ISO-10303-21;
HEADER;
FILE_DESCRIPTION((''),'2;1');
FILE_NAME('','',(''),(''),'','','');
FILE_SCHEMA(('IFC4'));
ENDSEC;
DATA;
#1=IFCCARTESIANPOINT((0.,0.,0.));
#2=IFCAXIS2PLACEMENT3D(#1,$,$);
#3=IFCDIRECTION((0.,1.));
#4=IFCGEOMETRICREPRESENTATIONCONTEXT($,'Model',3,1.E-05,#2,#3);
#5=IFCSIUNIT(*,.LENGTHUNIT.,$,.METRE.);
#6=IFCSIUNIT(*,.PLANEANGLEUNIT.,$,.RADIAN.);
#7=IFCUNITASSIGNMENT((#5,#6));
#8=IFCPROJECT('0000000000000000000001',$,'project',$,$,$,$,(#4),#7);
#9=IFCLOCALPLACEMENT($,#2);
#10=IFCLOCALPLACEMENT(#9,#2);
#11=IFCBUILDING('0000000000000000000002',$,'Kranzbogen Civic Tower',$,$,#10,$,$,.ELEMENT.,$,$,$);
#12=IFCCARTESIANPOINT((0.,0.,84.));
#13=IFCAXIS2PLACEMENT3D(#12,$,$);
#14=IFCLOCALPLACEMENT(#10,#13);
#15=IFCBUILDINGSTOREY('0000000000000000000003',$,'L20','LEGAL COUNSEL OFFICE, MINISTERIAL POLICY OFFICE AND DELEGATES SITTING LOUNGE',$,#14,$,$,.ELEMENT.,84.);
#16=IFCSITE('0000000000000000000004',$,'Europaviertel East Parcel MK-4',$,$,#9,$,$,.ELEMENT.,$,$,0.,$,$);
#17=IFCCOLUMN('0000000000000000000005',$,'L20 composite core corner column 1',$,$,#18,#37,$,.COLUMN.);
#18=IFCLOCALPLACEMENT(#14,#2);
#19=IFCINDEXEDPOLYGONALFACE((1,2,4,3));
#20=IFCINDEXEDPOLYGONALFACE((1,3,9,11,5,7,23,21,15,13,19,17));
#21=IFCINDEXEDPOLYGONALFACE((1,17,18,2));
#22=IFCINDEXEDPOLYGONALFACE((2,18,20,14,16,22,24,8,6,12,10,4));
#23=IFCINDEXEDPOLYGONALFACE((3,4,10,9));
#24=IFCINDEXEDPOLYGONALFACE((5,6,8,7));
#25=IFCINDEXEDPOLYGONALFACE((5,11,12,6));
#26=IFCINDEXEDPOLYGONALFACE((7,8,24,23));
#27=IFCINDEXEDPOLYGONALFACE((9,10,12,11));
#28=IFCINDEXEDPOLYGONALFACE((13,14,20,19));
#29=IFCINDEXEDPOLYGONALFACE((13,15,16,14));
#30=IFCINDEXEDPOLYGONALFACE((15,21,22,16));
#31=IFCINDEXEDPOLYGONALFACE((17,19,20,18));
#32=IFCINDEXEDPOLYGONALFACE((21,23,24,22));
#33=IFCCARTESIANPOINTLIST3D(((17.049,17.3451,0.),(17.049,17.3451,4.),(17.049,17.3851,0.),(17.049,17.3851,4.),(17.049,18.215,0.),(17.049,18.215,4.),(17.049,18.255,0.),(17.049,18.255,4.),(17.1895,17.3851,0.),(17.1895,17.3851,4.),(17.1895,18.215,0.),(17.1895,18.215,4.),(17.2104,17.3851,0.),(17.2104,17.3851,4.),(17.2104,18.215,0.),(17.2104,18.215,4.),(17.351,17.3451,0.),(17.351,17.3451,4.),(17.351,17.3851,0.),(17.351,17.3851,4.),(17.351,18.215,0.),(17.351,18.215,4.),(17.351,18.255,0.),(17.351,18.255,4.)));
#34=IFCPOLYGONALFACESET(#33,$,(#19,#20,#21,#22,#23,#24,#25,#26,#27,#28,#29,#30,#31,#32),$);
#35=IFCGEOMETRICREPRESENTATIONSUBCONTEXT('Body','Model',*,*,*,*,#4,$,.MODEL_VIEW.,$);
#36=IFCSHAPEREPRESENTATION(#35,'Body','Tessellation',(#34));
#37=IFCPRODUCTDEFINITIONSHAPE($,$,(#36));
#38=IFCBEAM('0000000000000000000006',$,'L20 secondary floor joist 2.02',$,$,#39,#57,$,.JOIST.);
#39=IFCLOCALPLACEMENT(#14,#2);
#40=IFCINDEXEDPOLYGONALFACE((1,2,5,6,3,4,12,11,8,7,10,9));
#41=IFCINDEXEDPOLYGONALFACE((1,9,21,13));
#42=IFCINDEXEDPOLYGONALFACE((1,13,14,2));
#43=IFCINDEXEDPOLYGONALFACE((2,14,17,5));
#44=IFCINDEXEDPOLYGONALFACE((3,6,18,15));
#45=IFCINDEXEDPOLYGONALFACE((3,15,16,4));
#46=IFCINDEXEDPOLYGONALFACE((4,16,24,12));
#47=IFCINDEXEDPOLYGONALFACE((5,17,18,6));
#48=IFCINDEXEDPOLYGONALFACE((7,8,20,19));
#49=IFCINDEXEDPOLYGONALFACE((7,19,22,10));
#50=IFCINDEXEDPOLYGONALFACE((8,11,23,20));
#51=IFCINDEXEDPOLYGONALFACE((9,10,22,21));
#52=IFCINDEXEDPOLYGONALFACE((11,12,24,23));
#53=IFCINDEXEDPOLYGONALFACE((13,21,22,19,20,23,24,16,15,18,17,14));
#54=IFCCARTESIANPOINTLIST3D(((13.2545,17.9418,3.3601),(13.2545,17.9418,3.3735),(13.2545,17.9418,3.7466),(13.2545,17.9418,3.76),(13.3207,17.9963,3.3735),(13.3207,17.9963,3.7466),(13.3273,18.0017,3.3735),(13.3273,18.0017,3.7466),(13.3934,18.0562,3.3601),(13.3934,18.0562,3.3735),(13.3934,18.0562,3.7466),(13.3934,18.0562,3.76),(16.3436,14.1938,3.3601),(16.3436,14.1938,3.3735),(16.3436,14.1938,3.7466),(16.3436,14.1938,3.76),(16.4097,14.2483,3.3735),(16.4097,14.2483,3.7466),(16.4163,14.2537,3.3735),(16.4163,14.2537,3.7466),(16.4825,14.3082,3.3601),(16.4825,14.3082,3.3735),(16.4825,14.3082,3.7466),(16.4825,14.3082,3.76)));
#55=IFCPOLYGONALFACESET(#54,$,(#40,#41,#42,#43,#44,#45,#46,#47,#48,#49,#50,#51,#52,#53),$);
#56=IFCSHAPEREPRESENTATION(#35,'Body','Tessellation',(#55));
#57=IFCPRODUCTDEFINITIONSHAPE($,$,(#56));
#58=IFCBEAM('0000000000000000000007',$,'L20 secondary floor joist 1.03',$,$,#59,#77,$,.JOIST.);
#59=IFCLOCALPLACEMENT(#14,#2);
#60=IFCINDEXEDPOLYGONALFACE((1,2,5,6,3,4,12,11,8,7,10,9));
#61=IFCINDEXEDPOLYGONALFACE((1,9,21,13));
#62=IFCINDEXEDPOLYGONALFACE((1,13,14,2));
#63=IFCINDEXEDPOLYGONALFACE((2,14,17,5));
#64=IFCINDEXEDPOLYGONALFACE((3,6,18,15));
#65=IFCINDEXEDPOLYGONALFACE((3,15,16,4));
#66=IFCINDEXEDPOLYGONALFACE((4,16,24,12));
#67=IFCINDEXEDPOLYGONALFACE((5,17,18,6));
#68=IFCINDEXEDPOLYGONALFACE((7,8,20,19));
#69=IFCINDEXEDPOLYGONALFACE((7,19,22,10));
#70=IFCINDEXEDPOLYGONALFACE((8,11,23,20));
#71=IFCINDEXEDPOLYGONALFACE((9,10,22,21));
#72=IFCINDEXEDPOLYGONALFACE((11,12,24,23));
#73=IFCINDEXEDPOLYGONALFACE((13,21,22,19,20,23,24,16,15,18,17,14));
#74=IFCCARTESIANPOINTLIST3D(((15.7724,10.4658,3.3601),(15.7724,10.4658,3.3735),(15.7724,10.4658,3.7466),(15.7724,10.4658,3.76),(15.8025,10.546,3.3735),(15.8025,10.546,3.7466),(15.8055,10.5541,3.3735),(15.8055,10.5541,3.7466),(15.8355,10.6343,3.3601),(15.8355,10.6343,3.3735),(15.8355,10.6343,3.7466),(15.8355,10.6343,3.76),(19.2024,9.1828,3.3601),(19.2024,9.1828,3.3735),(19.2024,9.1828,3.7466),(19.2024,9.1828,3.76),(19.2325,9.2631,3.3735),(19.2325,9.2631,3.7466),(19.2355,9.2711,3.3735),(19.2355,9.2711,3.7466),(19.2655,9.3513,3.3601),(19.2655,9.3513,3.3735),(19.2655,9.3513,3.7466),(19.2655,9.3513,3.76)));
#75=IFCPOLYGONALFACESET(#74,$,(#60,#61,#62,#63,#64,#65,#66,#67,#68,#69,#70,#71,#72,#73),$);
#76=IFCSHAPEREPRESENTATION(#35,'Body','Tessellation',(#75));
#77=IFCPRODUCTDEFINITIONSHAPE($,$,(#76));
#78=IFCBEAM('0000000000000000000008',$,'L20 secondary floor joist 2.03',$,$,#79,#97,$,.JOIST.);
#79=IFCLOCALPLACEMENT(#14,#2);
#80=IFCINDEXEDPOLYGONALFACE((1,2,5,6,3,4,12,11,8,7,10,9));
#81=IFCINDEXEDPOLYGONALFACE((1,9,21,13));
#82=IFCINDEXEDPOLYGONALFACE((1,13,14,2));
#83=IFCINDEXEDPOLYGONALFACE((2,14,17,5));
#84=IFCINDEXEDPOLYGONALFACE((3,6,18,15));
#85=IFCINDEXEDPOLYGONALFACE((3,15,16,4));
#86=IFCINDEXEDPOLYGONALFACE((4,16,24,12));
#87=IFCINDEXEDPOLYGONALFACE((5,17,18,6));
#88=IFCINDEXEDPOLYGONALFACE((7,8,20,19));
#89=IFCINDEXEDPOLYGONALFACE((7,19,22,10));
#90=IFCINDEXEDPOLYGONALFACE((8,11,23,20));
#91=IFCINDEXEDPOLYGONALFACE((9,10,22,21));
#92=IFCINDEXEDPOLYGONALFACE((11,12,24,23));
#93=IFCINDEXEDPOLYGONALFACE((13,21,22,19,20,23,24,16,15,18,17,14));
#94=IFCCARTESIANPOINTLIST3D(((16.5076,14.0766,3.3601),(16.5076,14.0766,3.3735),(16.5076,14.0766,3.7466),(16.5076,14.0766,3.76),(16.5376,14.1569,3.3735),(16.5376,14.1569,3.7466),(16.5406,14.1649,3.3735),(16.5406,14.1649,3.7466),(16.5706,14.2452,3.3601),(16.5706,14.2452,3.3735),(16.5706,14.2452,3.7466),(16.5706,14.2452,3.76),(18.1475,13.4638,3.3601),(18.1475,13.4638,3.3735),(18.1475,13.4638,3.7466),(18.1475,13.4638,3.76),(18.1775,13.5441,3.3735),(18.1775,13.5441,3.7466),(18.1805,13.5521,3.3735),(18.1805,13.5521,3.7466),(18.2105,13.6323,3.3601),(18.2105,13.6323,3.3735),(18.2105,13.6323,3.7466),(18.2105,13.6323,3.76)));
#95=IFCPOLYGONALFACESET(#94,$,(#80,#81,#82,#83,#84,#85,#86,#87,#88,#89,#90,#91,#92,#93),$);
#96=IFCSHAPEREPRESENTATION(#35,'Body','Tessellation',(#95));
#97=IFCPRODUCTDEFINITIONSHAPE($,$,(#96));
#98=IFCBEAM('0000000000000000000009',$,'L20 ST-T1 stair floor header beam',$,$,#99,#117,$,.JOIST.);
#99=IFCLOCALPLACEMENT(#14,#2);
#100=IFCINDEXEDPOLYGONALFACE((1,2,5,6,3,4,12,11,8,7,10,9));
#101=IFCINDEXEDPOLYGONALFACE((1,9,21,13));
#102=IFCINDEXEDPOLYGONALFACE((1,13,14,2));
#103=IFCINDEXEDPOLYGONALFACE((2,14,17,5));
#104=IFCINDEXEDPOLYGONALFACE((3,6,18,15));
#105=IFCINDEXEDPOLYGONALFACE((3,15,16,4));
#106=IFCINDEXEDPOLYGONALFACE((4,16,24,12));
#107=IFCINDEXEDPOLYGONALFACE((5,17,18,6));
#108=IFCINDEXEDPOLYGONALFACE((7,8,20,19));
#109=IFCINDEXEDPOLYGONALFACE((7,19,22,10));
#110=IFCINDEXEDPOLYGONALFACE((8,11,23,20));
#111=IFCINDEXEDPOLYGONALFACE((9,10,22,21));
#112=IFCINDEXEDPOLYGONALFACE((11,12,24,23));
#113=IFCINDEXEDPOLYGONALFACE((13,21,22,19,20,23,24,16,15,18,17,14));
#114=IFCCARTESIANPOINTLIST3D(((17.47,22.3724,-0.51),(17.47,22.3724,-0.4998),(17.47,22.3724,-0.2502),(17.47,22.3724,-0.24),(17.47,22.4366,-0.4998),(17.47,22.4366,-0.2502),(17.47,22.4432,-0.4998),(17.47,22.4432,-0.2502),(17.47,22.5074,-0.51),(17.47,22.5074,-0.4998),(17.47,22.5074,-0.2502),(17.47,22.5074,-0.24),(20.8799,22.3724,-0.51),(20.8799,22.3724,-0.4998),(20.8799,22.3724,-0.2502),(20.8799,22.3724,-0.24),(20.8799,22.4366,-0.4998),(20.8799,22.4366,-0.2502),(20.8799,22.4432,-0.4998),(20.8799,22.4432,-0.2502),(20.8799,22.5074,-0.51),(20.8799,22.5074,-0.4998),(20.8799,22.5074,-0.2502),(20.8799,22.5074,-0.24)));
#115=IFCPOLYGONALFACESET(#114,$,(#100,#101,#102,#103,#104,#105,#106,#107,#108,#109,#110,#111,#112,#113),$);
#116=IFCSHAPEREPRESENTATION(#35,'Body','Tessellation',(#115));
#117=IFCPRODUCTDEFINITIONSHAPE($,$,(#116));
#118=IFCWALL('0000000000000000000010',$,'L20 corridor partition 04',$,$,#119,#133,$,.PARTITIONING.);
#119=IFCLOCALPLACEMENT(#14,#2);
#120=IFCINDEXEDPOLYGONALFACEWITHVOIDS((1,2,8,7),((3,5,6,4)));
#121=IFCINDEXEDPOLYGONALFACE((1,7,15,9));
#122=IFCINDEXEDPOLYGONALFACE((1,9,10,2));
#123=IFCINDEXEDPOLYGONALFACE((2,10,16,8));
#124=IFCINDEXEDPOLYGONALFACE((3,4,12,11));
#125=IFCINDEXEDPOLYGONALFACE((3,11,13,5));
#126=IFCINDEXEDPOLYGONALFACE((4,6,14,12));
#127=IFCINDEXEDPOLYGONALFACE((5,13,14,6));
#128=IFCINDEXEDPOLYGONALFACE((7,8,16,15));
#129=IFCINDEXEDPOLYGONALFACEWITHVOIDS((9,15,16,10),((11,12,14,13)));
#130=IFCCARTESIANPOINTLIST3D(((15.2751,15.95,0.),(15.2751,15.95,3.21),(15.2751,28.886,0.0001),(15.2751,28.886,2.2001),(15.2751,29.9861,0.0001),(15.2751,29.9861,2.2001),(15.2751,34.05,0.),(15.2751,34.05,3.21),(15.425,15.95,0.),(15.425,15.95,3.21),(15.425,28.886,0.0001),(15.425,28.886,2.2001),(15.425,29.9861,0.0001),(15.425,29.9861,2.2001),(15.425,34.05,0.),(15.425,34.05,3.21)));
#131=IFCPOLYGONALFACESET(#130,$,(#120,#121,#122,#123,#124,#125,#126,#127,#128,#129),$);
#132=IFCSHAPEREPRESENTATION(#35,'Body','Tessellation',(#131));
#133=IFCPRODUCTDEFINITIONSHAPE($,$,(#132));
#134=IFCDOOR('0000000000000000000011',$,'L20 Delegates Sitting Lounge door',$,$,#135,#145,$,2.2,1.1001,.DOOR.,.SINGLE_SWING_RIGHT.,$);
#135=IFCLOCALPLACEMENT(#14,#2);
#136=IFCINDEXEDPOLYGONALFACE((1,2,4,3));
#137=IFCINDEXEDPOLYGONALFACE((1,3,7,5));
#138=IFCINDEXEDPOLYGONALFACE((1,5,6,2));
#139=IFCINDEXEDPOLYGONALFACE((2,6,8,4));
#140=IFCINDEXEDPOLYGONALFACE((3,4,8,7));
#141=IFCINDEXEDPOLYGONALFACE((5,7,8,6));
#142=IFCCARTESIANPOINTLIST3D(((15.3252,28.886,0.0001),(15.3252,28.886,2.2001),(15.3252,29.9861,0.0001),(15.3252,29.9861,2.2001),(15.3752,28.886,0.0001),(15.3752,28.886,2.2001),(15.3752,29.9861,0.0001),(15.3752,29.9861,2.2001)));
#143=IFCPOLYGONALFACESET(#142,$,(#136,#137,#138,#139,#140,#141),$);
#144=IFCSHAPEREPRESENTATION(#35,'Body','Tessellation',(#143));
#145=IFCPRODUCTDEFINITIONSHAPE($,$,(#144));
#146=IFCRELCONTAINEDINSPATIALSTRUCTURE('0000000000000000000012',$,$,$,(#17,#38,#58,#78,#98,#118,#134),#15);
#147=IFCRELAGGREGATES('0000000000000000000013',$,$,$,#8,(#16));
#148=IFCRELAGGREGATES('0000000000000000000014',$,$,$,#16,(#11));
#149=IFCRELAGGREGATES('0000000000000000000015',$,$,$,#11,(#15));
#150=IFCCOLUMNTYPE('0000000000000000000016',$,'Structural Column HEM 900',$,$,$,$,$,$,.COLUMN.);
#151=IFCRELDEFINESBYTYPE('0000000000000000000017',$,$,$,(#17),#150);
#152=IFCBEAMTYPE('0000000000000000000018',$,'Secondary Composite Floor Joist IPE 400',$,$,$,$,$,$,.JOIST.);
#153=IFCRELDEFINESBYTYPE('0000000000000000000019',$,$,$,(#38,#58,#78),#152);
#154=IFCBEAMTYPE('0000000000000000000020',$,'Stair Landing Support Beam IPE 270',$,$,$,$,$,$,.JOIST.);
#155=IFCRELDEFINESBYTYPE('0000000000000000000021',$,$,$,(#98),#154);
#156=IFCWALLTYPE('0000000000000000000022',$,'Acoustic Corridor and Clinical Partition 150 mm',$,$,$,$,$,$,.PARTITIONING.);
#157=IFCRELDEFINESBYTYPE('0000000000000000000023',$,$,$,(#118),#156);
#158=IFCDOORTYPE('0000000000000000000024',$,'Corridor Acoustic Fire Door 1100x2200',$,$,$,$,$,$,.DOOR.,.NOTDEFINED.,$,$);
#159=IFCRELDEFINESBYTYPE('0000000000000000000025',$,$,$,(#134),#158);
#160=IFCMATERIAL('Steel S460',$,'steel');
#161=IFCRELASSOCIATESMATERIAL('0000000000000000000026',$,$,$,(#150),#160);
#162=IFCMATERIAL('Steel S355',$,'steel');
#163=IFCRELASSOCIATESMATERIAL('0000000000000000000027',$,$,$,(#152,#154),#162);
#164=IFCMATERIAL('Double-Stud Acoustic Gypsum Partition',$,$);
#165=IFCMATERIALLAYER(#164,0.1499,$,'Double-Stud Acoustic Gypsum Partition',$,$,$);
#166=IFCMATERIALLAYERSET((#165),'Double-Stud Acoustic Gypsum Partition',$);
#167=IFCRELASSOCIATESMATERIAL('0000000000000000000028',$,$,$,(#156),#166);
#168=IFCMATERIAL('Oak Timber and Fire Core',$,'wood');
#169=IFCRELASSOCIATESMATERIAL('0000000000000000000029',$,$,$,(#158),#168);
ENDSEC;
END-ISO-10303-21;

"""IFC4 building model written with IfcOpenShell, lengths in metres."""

from ifc_helpers import new_model, si_unit, direction, frame, frame_2d, origin, origin_2d, place, context, subcontext, project, spatial, rectangle, i_section, extrude, material, layer, layer_set, material_profile, profile_set, type_object, element, fill, save


model = new_model("IFC4")

# Units and contexts
model_context = context("Model", 3, precision=1e-05, world=origin(), true_north=direction((0.0, 1.0)))
body_context = subcontext(model_context, "Body", "Model", "MODEL_VIEW")
ifc_project = project(units=[si_unit("LENGTHUNIT", "METRE"), si_unit("PLANEANGLEUNIT", "RADIAN")], contexts=[model_context])

# Site, building, storey
site_placement = place(None, origin())
site = spatial("IfcSite", under=ifc_project, at=site_placement, Name="Europaviertel East Parcel MK-4", CompositionType="ELEMENT", RefElevation=0.0)
building_placement = place(site_placement, origin())
building = spatial("IfcBuilding", under=site, at=building_placement, Name="Kranzbogen Civic Tower", CompositionType="ELEMENT")
storey_placement = place(building_placement, frame((0.0, 0.0, 84.0)))
storey = spatial("IfcBuildingStorey", under=building, at=storey_placement, Name="L20", Description="LEGAL COUNSEL OFFICE, MINISTERIAL POLICY OFFICE AND DELEGATES SITTING LOUNGE", CompositionType="ELEMENT", Elevation=84.0)

# Column
ifc_material_1 = material(Name="Steel S460", Category="steel")
ifc_material_profile_1 = material_profile(ifc_material_1, i_section(OverallWidth=0.302, OverallDepth=0.9099, WebThickness=0.021, FlangeThickness=0.04, at=origin_2d()), Name="HEM 900")
ifc_profile_set_1 = profile_set([ifc_material_profile_1], Name="Steel S460")
column_type = type_object("IfcColumnType", Name="Structural Column HEM 900", PredefinedType="COLUMN", material=ifc_profile_set_1)
column_placement = place(storey_placement, frame((17.2, 17.8, 0.0), z_axis=(0.0, 0.0, 1.0), x_axis=(1.0, 0.0, 0.0)))
element("IfcColumn", 1, at=column_placement, inside=storey, type_object=column_type, Name="L20 composite core corner column 1", PredefinedType="COLUMN", context=body_context, shape_type="SweptSolid", body=[
    extrude(i_section(OverallWidth=0.302, OverallDepth=0.9099, WebThickness=0.021, FlangeThickness=0.04, at=origin_2d()), origin(), (0.0, 0.0, 1.0), 4.0),
])

# Beams
ifc_material_2 = material(Name="Steel S355", Category="steel")
ifc_material_profile_2 = material_profile(ifc_material_2, i_section(OverallWidth=0.1799, OverallDepth=0.3999, WebThickness=0.0085, FlangeThickness=0.0134, at=origin_2d()), Name="IPE 400")
ifc_profile_set_2 = profile_set([ifc_material_profile_2], Name="Steel S355")
beam_type_1 = type_object("IfcBeamType", Name="Secondary Composite Floor Joist IPE 400", PredefinedType="JOIST", material=ifc_profile_set_2)
beam_1_placement = place(storey_placement, frame((13.324, 17.999, 3.5601), z_axis=(0.636012, -0.771679, 0.0), x_axis=(0.771679, 0.636012, 0.0)))
element("IfcBeam", 2, at=beam_1_placement, inside=storey, type_object=beam_type_1, Name="L20 secondary floor joist 2.02", PredefinedType="JOIST", context=body_context, shape_type="SweptSolid", body=[
    extrude(i_section(OverallWidth=0.1799, OverallDepth=0.3999, WebThickness=0.0085, FlangeThickness=0.0134, at=origin_2d()), origin(), (0.0, 0.0, 1.0), 4.8569),
])
beam_2_placement = place(storey_placement, frame((15.804, 10.55, 3.5601), z_axis=(0.936622, -0.350342, 0.0), x_axis=(0.350342, 0.936622, 0.0)))
element("IfcBeam", 3, at=beam_2_placement, inside=storey, type_object=beam_type_1, Name="L20 secondary floor joist 1.03", PredefinedType="JOIST", context=body_context, shape_type="SweptSolid", body=[
    extrude(i_section(OverallWidth=0.1799, OverallDepth=0.3999, WebThickness=0.0085, FlangeThickness=0.0134, at=origin_2d()), origin(), (0.0, 0.0, 1.0), 3.6621),
])
beam_3_placement = place(storey_placement, frame((16.5391, 14.1609, 3.5601), z_axis=(0.936735, -0.350038, 0.0), x_axis=(0.350038, 0.936735, 0.0)))
element("IfcBeam", 4, at=beam_3_placement, inside=storey, type_object=beam_type_1, Name="L20 secondary floor joist 2.03", PredefinedType="JOIST", context=body_context, shape_type="SweptSolid", body=[
    extrude(i_section(OverallWidth=0.1799, OverallDepth=0.3999, WebThickness=0.0085, FlangeThickness=0.0134, at=origin_2d()), origin(), (0.0, 0.0, 1.0), 1.7507),
])
ifc_material_profile_3 = material_profile(ifc_material_2, i_section(OverallWidth=0.135, OverallDepth=0.27, WebThickness=0.0066, FlangeThickness=0.0103, at=origin_2d()), Name="IPE 270")
ifc_profile_set_3 = profile_set([ifc_material_profile_3], Name="Steel S355")
beam_type_2 = type_object("IfcBeamType", Name="Stair Landing Support Beam IPE 270", PredefinedType="JOIST", material=ifc_profile_set_3)
beam_4_placement = place(storey_placement, frame((20.8799, 22.4399, -0.375), z_axis=(-1.0, 0.0, 0.0), x_axis=(0.0, -1.0, 0.0)))
element("IfcBeam", 5, at=beam_4_placement, inside=storey, type_object=beam_type_2, Name="L20 ST-T1 stair floor header beam", PredefinedType="JOIST", context=body_context, shape_type="SweptSolid", body=[
    extrude(i_section(OverallWidth=0.135, OverallDepth=0.27, WebThickness=0.0066, FlangeThickness=0.0103, at=origin_2d()), origin(), (0.0, 0.0, 1.0), 3.4099),
])

# Wall, opening, door
ifc_material_3 = material(Name="Double-Stud Acoustic Gypsum Partition")
ifc_layer_1 = layer(ifc_material_3, 0.1499, Name="Double-Stud Acoustic Gypsum Partition")
ifc_layer_set_1 = layer_set([ifc_layer_1], Name="Double-Stud Acoustic Gypsum Partition")
wall_type_1 = type_object("IfcWallType", Name="Acoustic Corridor and Clinical Partition 150 mm", PredefinedType="PARTITIONING", material=ifc_layer_set_1)
wall_1_placement = place(storey_placement, frame((15.3501, 15.95, 0.0), z_axis=(0.0, 0.0, 1.0), x_axis=(0.0, 1.0, 0.0)))
wall_1 = element("IfcWall", 6, at=wall_1_placement, inside=storey, type_object=wall_type_1, Name="L20 corridor partition 04", PredefinedType="PARTITIONING", context=body_context, shape_type="SweptSolid", body=[
    extrude(rectangle(XDim=18.1001, YDim=0.1499, at=frame_2d((9.05, 0.0))), origin(), (0.0, 0.0, 1.0), 3.21),
])
opening_1_placement = place(wall_1_placement, frame((12.936, 0.0, 0.0)))
opening_1 = element("IfcOpeningElement", 7, at=opening_1_placement, cuts=wall_1, PredefinedType="OPENING", context=body_context, shape_type="SweptSolid", body=[
    extrude(rectangle(XDim=1.1001, YDim=2.2, at=frame_2d((0.55, 1.1001))), frame((0.0, 0.085, 0.0), z_axis=(0.0, -1.0, 0.0), x_axis=(1.0, 0.0, 0.0)), (0.0, 0.0, 1.0), 0.1699),
])
ifc_material_4 = material(Name="Oak Timber and Fire Core", Category="wood")
door_type_1 = type_object("IfcDoorType", Name="Corridor Acoustic Fire Door 1100x2200", OperationType="NOTDEFINED", PredefinedType="DOOR", material=ifc_material_4)
door_1_placement = place(opening_1_placement, origin())
door_1 = element("IfcDoor", 8, at=door_1_placement, inside=storey, type_object=door_type_1, Name="L20 Delegates Sitting Lounge door", OperationType="SINGLE_SWING_RIGHT", OverallHeight=2.2, OverallWidth=1.1001, PredefinedType="DOOR", context=body_context, shape_type="SweptSolid", body=[
    extrude(rectangle(XDim=1.1001, YDim=2.2, at=frame_2d((0.55, 1.1001))), frame((0.0, 0.0249, 0.0), z_axis=(0.0, -1.0, 0.0), x_axis=(1.0, 0.0, 0.0)), (0.0, 0.0, 1.0), 0.05),
])
fill(opening_1, door_1)

save(model, "model.ifc")
